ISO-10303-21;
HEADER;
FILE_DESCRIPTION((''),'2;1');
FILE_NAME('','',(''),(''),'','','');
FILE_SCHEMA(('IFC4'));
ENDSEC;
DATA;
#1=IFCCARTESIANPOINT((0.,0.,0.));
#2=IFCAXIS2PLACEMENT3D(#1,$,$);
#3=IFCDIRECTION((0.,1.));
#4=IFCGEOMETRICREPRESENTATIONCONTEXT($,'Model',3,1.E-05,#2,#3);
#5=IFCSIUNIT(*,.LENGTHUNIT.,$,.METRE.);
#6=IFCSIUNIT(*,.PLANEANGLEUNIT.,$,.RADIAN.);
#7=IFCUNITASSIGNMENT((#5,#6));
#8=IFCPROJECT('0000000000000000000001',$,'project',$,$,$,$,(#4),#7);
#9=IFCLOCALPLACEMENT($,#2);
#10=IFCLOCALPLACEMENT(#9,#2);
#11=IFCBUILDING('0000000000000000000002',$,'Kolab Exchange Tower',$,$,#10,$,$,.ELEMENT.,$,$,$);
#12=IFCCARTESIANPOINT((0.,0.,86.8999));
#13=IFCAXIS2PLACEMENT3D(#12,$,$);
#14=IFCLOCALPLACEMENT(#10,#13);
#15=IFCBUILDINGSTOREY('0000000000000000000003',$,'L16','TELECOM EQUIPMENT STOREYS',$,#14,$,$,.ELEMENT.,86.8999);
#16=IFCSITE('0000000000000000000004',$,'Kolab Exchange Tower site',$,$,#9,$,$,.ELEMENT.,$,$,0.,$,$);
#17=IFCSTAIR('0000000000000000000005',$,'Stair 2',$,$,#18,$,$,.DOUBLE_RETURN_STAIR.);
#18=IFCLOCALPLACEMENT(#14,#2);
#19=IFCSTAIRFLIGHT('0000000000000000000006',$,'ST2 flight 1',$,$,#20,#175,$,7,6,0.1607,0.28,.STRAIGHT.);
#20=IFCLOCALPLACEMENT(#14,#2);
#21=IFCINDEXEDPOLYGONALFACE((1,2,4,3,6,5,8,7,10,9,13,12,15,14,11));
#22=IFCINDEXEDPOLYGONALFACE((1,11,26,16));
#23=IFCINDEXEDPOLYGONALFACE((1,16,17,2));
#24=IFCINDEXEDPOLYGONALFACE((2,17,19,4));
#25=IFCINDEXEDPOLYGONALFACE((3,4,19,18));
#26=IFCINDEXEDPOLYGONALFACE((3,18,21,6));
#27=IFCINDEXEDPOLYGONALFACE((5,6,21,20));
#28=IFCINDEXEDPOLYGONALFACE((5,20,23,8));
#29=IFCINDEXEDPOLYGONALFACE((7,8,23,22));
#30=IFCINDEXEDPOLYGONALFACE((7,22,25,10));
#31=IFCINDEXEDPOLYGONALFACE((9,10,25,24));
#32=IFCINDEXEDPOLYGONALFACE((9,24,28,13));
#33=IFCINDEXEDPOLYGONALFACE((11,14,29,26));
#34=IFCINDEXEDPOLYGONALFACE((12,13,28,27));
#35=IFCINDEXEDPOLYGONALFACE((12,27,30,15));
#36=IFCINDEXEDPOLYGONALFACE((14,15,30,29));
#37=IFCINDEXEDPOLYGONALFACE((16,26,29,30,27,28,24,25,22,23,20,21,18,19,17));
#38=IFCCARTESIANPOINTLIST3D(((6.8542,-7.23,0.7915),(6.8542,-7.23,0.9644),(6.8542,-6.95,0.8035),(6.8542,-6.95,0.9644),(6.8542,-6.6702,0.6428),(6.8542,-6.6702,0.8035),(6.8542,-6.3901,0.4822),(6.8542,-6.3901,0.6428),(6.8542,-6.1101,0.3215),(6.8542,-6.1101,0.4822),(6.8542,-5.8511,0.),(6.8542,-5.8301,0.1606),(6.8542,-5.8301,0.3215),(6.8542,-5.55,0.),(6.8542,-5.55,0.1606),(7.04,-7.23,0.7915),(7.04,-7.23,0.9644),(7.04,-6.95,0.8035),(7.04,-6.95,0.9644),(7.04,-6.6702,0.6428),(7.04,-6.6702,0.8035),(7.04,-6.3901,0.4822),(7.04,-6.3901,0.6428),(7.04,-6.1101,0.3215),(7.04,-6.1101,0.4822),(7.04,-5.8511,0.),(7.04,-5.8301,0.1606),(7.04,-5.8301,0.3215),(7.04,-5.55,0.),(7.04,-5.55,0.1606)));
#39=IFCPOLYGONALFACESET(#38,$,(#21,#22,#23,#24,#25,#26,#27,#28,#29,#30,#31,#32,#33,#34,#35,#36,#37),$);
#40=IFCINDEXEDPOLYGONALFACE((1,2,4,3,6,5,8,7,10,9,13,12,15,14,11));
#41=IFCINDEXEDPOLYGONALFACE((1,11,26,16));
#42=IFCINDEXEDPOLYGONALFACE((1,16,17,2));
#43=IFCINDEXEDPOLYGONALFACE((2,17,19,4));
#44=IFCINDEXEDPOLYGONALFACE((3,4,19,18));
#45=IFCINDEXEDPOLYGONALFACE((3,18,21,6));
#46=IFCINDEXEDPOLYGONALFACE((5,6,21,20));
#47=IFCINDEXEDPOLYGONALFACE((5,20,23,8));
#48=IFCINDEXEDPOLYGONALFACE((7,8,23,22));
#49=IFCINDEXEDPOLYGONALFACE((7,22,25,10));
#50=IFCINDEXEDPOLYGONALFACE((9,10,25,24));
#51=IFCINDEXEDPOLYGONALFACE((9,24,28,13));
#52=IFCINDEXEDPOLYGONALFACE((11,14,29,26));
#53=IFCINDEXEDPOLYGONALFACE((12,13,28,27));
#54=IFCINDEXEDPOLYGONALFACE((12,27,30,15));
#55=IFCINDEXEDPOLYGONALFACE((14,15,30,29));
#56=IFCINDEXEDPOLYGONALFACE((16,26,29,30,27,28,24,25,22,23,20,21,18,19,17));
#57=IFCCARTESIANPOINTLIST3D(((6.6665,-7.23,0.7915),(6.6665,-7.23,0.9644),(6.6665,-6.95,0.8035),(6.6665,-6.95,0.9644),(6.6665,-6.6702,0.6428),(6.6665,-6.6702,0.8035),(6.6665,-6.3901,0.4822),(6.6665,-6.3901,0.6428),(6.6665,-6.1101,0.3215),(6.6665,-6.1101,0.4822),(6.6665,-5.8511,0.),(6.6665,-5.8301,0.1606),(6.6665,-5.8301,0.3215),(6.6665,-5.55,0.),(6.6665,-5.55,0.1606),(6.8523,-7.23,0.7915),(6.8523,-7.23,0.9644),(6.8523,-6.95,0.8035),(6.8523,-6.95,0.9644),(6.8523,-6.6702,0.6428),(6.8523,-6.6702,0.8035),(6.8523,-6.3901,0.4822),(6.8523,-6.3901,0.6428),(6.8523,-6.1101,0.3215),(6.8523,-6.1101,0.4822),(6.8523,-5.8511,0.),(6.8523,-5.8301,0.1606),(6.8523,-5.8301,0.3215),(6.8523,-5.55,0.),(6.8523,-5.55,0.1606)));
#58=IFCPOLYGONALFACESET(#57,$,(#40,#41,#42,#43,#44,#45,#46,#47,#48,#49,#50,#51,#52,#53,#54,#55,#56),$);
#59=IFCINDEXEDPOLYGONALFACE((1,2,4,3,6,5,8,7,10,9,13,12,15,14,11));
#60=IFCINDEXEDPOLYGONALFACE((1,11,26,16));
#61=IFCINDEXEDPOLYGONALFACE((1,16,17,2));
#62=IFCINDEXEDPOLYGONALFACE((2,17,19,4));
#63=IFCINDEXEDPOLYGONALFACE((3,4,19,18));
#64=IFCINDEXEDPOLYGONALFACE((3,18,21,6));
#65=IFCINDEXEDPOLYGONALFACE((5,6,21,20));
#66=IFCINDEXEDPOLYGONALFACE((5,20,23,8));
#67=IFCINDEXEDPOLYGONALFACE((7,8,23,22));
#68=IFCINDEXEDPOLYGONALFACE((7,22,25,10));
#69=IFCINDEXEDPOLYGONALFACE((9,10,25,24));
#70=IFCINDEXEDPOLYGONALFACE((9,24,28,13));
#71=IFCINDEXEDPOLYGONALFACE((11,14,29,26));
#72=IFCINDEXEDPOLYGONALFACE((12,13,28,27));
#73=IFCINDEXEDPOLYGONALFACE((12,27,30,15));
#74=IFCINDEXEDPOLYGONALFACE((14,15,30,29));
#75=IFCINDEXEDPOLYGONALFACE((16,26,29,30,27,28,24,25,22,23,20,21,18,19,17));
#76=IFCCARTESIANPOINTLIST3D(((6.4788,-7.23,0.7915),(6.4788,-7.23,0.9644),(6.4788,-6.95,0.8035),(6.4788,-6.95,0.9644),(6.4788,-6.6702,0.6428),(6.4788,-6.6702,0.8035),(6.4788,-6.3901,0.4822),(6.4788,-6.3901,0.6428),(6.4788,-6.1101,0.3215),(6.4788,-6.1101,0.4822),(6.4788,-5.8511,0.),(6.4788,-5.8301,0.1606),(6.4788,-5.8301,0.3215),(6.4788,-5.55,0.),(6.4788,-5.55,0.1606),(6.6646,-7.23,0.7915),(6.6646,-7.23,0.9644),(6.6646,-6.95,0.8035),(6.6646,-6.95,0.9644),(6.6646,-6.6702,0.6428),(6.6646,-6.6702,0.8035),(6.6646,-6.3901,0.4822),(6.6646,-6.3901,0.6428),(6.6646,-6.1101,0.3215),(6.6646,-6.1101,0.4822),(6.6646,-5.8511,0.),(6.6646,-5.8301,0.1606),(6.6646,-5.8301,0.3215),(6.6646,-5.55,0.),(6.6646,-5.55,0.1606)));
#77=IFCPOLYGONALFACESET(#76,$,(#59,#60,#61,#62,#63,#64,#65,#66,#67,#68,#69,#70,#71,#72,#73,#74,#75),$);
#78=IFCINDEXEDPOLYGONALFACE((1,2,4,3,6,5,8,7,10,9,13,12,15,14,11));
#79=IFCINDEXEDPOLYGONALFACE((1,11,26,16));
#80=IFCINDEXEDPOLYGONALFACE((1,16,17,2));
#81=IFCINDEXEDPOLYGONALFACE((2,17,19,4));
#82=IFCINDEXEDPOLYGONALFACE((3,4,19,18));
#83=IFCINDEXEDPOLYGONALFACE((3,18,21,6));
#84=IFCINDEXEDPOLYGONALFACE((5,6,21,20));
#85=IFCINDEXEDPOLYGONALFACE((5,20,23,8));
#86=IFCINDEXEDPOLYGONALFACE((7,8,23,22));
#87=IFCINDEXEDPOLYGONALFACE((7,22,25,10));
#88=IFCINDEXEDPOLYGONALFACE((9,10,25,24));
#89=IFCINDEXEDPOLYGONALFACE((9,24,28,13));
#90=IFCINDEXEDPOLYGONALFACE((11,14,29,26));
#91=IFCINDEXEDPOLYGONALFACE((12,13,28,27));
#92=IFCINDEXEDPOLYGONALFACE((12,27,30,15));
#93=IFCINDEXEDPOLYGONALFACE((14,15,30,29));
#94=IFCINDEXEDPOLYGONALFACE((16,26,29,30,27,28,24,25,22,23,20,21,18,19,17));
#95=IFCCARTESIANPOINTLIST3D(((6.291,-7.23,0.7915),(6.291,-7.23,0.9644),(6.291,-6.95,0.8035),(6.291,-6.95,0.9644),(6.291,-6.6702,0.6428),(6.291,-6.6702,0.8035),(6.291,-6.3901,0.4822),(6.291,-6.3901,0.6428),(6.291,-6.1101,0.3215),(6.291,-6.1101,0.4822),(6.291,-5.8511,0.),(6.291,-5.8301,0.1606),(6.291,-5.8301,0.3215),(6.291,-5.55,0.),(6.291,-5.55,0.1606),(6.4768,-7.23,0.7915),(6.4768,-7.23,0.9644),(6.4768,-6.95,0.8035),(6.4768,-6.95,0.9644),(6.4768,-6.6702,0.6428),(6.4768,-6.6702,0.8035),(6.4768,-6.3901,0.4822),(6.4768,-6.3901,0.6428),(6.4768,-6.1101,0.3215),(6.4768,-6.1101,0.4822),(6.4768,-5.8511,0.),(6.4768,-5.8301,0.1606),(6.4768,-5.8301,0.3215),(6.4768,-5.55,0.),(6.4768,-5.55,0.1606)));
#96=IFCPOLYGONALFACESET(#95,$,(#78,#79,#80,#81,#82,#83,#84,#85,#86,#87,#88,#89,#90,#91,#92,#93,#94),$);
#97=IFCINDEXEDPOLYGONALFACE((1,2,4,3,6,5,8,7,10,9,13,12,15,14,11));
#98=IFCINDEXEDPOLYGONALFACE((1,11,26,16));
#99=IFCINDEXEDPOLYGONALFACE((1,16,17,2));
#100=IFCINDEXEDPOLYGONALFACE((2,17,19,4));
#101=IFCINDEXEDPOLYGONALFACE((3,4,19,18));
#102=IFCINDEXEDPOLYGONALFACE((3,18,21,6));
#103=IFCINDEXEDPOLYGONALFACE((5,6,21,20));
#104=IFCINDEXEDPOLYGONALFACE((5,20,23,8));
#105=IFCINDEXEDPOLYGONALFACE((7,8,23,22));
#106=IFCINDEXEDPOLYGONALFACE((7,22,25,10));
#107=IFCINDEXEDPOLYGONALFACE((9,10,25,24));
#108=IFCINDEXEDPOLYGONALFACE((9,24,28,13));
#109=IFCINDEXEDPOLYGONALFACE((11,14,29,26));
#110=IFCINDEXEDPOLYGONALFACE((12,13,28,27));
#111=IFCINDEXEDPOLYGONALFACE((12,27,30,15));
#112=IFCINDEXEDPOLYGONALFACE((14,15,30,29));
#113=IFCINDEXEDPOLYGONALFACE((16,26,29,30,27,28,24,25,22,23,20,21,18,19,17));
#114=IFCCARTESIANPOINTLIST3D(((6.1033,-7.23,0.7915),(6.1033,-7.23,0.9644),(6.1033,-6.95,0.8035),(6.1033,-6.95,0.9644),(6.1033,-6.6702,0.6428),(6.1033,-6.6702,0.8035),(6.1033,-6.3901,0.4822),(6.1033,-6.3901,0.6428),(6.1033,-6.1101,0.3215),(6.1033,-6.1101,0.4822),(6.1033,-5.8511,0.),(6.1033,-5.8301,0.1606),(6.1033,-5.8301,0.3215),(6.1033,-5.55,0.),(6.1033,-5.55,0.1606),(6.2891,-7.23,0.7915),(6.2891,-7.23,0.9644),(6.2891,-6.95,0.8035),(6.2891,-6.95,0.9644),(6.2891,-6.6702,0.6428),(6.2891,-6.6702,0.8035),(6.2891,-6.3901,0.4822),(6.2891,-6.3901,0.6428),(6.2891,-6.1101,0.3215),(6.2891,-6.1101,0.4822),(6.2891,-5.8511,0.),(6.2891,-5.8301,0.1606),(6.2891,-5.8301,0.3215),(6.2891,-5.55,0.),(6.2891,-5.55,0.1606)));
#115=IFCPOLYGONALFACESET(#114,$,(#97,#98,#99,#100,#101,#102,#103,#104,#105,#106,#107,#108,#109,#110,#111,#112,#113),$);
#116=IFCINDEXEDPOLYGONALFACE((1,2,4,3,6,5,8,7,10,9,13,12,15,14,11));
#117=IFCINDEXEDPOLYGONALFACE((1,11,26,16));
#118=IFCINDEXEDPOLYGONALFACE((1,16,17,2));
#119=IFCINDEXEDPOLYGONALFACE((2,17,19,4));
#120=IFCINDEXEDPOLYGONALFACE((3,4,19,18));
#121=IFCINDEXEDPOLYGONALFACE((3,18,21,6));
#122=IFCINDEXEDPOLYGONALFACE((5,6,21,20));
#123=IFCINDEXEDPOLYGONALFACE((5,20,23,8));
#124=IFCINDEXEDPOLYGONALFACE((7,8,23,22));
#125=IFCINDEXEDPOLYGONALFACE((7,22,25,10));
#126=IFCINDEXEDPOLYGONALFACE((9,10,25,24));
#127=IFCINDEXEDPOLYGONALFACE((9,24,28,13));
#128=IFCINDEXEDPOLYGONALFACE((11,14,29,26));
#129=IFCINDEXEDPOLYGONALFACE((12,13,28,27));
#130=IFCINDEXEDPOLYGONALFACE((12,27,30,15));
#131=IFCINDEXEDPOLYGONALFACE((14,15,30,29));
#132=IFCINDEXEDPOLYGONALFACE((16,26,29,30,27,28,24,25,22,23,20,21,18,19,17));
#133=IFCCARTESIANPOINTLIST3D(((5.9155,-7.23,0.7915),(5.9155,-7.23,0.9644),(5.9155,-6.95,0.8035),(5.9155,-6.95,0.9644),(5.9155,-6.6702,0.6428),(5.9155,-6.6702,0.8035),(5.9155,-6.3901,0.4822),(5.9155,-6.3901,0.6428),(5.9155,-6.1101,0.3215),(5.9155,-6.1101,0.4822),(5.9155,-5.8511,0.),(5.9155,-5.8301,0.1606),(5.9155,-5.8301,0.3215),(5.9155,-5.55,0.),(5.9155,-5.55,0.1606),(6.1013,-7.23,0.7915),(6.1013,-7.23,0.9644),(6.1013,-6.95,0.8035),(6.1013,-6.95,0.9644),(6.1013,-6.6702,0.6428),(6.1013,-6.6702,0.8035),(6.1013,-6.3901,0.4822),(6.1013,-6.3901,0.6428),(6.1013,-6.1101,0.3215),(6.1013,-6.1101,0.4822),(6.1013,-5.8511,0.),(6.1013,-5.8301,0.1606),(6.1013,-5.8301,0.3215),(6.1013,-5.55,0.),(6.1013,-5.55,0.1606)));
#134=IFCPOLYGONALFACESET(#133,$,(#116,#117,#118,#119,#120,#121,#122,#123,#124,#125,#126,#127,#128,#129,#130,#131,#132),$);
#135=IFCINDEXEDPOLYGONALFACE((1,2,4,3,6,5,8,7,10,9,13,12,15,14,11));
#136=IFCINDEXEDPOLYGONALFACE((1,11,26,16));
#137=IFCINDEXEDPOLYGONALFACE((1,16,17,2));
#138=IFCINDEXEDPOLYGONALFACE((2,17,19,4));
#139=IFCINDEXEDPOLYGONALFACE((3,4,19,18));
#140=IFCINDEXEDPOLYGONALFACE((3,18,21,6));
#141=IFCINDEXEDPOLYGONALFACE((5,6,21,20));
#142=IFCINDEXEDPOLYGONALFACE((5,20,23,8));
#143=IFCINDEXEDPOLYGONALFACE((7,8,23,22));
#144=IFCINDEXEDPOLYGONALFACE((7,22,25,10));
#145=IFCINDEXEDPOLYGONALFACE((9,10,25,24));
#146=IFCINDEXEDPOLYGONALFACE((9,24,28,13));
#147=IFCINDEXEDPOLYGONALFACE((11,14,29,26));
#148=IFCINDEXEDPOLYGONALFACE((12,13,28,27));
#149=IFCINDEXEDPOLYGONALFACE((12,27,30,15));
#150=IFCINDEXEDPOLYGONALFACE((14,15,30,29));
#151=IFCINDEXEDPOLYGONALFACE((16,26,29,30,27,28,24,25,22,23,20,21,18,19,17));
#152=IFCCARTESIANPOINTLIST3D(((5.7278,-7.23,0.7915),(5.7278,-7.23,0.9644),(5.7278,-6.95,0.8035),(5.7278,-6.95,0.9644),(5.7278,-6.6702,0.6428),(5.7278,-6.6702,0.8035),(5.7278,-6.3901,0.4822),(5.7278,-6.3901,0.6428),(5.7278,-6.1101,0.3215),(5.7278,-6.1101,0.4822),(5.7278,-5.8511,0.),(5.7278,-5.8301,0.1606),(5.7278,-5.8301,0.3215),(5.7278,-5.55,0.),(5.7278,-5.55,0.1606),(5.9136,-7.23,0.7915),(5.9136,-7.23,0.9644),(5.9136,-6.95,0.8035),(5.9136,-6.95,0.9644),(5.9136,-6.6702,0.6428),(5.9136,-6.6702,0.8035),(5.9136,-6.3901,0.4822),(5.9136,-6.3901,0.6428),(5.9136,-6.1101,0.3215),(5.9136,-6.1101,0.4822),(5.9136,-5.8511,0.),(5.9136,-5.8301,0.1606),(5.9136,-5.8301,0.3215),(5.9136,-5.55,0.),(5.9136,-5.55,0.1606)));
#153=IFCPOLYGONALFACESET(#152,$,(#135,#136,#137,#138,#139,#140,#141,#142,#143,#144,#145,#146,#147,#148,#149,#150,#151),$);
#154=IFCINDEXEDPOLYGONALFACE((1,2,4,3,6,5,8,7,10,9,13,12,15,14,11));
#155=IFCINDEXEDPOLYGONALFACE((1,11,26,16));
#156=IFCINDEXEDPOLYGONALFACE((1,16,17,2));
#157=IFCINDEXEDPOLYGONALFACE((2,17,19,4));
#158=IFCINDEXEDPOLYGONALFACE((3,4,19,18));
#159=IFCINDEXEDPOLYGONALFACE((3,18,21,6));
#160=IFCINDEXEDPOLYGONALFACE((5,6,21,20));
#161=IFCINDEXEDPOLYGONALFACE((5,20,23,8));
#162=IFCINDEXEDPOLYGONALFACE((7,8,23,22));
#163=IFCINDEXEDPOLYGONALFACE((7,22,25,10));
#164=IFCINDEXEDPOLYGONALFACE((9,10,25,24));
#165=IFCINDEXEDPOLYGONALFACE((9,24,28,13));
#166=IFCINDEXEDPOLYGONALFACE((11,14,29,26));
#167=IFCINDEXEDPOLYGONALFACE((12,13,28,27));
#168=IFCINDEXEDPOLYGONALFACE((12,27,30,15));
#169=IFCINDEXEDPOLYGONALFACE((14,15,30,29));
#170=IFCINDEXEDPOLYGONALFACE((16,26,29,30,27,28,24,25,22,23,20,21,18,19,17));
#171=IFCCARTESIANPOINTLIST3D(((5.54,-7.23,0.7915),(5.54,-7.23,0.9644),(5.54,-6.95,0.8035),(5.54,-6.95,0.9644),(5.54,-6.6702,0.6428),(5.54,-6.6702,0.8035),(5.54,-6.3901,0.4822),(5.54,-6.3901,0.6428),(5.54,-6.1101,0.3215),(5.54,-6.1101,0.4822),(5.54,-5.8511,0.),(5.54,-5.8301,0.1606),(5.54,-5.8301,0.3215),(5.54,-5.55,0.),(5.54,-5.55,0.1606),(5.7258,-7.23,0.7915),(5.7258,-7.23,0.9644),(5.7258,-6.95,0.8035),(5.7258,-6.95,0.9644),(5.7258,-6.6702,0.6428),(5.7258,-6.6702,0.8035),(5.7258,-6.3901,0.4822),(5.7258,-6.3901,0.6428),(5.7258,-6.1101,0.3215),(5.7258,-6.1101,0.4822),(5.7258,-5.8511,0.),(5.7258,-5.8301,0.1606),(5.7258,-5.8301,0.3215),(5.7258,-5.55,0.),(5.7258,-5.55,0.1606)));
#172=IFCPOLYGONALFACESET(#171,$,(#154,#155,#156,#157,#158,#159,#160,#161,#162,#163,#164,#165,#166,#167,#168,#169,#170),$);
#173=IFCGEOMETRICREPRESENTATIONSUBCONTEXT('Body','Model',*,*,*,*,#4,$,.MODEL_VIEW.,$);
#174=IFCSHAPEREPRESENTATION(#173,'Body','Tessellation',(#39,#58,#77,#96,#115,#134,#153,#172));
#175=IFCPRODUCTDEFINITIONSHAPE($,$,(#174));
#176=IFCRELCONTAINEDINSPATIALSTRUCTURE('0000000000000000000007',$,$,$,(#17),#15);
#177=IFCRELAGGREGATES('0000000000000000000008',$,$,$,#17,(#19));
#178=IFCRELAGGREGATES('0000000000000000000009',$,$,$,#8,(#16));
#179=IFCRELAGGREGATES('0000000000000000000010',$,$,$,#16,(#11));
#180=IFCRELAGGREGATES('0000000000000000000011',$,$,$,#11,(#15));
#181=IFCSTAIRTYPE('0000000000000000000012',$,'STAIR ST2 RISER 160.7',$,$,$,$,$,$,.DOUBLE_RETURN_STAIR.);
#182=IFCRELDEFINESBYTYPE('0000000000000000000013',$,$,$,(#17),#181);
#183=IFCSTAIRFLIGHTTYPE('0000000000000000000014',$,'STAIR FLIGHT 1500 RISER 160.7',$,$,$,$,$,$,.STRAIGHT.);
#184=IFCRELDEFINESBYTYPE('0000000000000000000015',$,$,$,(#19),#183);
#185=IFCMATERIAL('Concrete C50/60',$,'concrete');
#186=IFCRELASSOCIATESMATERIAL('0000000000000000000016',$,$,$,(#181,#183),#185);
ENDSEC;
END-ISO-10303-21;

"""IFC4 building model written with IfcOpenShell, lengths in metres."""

from ifc_helpers import new_model, si_unit, direction, frame, origin, place, context, subcontext, project, spatial, polyline, outline, extrude, material, type_object, element, aggregate, save


model = new_model("IFC4")

# Units and contexts
model_context = context("Model", 3, precision=1e-05, world=origin(), true_north=direction((0.0, 1.0)))
body_context = subcontext(model_context, "Body", "Model", "MODEL_VIEW")
ifc_project = project(units=[si_unit("LENGTHUNIT", "METRE"), si_unit("PLANEANGLEUNIT", "RADIAN")], contexts=[model_context])

# Site, building, storey
site_placement = place(None, origin())
site = spatial("IfcSite", under=ifc_project, at=site_placement, Name="Kolab Exchange Tower site", CompositionType="ELEMENT", RefElevation=0.0)
building_placement = place(site_placement, origin())
building = spatial("IfcBuilding", under=site, at=building_placement, Name="Kolab Exchange Tower", CompositionType="ELEMENT")
storey_placement = place(building_placement, frame((0.0, 0.0, 86.8999)))
storey = spatial("IfcBuildingStorey", under=building, at=storey_placement, Name="L16", Description="TELECOM EQUIPMENT STOREYS", CompositionType="ELEMENT", Elevation=86.8999)

# Shared definitions
ifc_material_1 = material(Name="Concrete C50/60", Category="concrete")

# Stair, stair flight
stair_type = type_object("IfcStairType", Name="STAIR ST2 RISER 160.7", PredefinedType="DOUBLE_RETURN_STAIR", material=ifc_material_1)
stair_placement = place(storey_placement, origin())
stair = element("IfcStair", 1, at=stair_placement, inside=storey, type_object=stair_type, Name="Stair 2", PredefinedType="DOUBLE_RETURN_STAIR")
stair_flight_type = type_object("IfcStairFlightType", Name="STAIR FLIGHT 1500 RISER 160.7", PredefinedType="STRAIGHT", material=ifc_material_1)
stair_flight_1_placement = place(storey_placement, frame((6.29, -5.55, 0.0), z_axis=(0.0, 0.0, 1.0), x_axis=(0.0, -1.0, 0.0)))
stair_flight_1 = element("IfcStairFlight", 2, at=stair_flight_1_placement, type_object=stair_flight_type, Name="ST2 flight 1", NumberOfRisers=7, NumberOfTreads=6, PredefinedType="STRAIGHT", RiserHeight=0.1607, TreadLength=0.28, context=body_context, shape_type="SweptSolid", body=[
    extrude(outline(polyline([(0.0, 0.0), (0.0, 0.1606), (0.28, 0.1606), (0.28, 0.3215), (0.5601, 0.3215), (0.5601, 0.4822), (0.8401, 0.4822), (0.8401, 0.6428), (1.1201, 0.6428), (1.1201, 0.8035), (1.3999, 0.8035), (1.3999, 0.9644), (1.6799, 0.9644), (1.6799, 1.125), (1.6799, 0.7915), (0.301, 0.0), (0.0, 0.0)])), frame((0.0, 0.75, 0.0), z_axis=(0.0, -1.0, 0.0), x_axis=(1.0, 0.0, 0.0)), (0.0, 0.0, 1.0), 0.1858),
    extrude(outline(polyline([(0.0, 0.0), (0.0, 0.1606), (0.28, 0.1606), (0.28, 0.3215), (0.5601, 0.3215), (0.5601, 0.4822), (0.8401, 0.4822), (0.8401, 0.6428), (1.1201, 0.6428), (1.1201, 0.8035), (1.3999, 0.8035), (1.3999, 0.9644), (1.6799, 0.9644), (1.6799, 1.125), (1.6799, 0.7915), (0.301, 0.0), (0.0, 0.0)])), frame((0.0, 0.5623, 0.0), z_axis=(0.0, -1.0, 0.0), x_axis=(1.0, 0.0, 0.0)), (0.0, 0.0, 1.0), 0.1858),
    extrude(outline(polyline([(0.0, 0.0), (0.0, 0.1606), (0.28, 0.1606), (0.28, 0.3215), (0.5601, 0.3215), (0.5601, 0.4822), (0.8401, 0.4822), (0.8401, 0.6428), (1.1201, 0.6428), (1.1201, 0.8035), (1.3999, 0.8035), (1.3999, 0.9644), (1.6799, 0.9644), (1.6799, 1.125), (1.6799, 0.7915), (0.301, 0.0), (0.0, 0.0)])), frame((0.0, 0.3745, 0.0), z_axis=(0.0, -1.0, 0.0), x_axis=(1.0, 0.0, 0.0)), (0.0, 0.0, 1.0), 0.1858),
    extrude(outline(polyline([(0.0, 0.0), (0.0, 0.1606), (0.28, 0.1606), (0.28, 0.3215), (0.5601, 0.3215), (0.5601, 0.4822), (0.8401, 0.4822), (0.8401, 0.6428), (1.1201, 0.6428), (1.1201, 0.8035), (1.3999, 0.8035), (1.3999, 0.9644), (1.6799, 0.9644), (1.6799, 1.125), (1.6799, 0.7915), (0.301, 0.0), (0.0, 0.0)])), frame((0.0, 0.1868, 0.0), z_axis=(0.0, -1.0, 0.0), x_axis=(1.0, 0.0, 0.0)), (0.0, 0.0, 1.0), 0.1858),
    extrude(outline(polyline([(0.0, 0.0), (0.0, 0.1606), (0.28, 0.1606), (0.28, 0.3215), (0.5601, 0.3215), (0.5601, 0.4822), (0.8401, 0.4822), (0.8401, 0.6428), (1.1201, 0.6428), (1.1201, 0.8035), (1.3999, 0.8035), (1.3999, 0.9644), (1.6799, 0.9644), (1.6799, 1.125), (1.6799, 0.7915), (0.301, 0.0), (0.0, 0.0)])), frame((0.0, -0.001, 0.0), z_axis=(0.0, -1.0, 0.0), x_axis=(1.0, 0.0, 0.0)), (0.0, 0.0, 1.0), 0.1858),
    extrude(outline(polyline([(0.0, 0.0), (0.0, 0.1606), (0.28, 0.1606), (0.28, 0.3215), (0.5601, 0.3215), (0.5601, 0.4822), (0.8401, 0.4822), (0.8401, 0.6428), (1.1201, 0.6428), (1.1201, 0.8035), (1.3999, 0.8035), (1.3999, 0.9644), (1.6799, 0.9644), (1.6799, 1.125), (1.6799, 0.7915), (0.301, 0.0), (0.0, 0.0)])), frame((0.0, -0.1887, 0.0), z_axis=(0.0, -1.0, 0.0), x_axis=(1.0, 0.0, 0.0)), (0.0, 0.0, 1.0), 0.1858),
    extrude(outline(polyline([(0.0, 0.0), (0.0, 0.1606), (0.28, 0.1606), (0.28, 0.3215), (0.5601, 0.3215), (0.5601, 0.4822), (0.8401, 0.4822), (0.8401, 0.6428), (1.1201, 0.6428), (1.1201, 0.8035), (1.3999, 0.8035), (1.3999, 0.9644), (1.6799, 0.9644), (1.6799, 1.125), (1.6799, 0.7915), (0.301, 0.0), (0.0, 0.0)])), frame((0.0, -0.3765, 0.0), z_axis=(0.0, -1.0, 0.0), x_axis=(1.0, 0.0, 0.0)), (0.0, 0.0, 1.0), 0.1858),
    extrude(outline(polyline([(0.0, 0.0), (0.0, 0.1606), (0.28, 0.1606), (0.28, 0.3215), (0.5601, 0.3215), (0.5601, 0.4822), (0.8401, 0.4822), (0.8401, 0.6428), (1.1201, 0.6428), (1.1201, 0.8035), (1.3999, 0.8035), (1.3999, 0.9644), (1.6799, 0.9644), (1.6799, 1.125), (1.6799, 0.7915), (0.301, 0.0), (0.0, 0.0)])), frame((0.0, -0.5642, 0.0), z_axis=(0.0, -1.0, 0.0), x_axis=(1.0, 0.0, 0.0)), (0.0, 0.0, 1.0), 0.1858),
])
aggregate(stair, [stair_flight_1])

save(model, "model.ifc")
